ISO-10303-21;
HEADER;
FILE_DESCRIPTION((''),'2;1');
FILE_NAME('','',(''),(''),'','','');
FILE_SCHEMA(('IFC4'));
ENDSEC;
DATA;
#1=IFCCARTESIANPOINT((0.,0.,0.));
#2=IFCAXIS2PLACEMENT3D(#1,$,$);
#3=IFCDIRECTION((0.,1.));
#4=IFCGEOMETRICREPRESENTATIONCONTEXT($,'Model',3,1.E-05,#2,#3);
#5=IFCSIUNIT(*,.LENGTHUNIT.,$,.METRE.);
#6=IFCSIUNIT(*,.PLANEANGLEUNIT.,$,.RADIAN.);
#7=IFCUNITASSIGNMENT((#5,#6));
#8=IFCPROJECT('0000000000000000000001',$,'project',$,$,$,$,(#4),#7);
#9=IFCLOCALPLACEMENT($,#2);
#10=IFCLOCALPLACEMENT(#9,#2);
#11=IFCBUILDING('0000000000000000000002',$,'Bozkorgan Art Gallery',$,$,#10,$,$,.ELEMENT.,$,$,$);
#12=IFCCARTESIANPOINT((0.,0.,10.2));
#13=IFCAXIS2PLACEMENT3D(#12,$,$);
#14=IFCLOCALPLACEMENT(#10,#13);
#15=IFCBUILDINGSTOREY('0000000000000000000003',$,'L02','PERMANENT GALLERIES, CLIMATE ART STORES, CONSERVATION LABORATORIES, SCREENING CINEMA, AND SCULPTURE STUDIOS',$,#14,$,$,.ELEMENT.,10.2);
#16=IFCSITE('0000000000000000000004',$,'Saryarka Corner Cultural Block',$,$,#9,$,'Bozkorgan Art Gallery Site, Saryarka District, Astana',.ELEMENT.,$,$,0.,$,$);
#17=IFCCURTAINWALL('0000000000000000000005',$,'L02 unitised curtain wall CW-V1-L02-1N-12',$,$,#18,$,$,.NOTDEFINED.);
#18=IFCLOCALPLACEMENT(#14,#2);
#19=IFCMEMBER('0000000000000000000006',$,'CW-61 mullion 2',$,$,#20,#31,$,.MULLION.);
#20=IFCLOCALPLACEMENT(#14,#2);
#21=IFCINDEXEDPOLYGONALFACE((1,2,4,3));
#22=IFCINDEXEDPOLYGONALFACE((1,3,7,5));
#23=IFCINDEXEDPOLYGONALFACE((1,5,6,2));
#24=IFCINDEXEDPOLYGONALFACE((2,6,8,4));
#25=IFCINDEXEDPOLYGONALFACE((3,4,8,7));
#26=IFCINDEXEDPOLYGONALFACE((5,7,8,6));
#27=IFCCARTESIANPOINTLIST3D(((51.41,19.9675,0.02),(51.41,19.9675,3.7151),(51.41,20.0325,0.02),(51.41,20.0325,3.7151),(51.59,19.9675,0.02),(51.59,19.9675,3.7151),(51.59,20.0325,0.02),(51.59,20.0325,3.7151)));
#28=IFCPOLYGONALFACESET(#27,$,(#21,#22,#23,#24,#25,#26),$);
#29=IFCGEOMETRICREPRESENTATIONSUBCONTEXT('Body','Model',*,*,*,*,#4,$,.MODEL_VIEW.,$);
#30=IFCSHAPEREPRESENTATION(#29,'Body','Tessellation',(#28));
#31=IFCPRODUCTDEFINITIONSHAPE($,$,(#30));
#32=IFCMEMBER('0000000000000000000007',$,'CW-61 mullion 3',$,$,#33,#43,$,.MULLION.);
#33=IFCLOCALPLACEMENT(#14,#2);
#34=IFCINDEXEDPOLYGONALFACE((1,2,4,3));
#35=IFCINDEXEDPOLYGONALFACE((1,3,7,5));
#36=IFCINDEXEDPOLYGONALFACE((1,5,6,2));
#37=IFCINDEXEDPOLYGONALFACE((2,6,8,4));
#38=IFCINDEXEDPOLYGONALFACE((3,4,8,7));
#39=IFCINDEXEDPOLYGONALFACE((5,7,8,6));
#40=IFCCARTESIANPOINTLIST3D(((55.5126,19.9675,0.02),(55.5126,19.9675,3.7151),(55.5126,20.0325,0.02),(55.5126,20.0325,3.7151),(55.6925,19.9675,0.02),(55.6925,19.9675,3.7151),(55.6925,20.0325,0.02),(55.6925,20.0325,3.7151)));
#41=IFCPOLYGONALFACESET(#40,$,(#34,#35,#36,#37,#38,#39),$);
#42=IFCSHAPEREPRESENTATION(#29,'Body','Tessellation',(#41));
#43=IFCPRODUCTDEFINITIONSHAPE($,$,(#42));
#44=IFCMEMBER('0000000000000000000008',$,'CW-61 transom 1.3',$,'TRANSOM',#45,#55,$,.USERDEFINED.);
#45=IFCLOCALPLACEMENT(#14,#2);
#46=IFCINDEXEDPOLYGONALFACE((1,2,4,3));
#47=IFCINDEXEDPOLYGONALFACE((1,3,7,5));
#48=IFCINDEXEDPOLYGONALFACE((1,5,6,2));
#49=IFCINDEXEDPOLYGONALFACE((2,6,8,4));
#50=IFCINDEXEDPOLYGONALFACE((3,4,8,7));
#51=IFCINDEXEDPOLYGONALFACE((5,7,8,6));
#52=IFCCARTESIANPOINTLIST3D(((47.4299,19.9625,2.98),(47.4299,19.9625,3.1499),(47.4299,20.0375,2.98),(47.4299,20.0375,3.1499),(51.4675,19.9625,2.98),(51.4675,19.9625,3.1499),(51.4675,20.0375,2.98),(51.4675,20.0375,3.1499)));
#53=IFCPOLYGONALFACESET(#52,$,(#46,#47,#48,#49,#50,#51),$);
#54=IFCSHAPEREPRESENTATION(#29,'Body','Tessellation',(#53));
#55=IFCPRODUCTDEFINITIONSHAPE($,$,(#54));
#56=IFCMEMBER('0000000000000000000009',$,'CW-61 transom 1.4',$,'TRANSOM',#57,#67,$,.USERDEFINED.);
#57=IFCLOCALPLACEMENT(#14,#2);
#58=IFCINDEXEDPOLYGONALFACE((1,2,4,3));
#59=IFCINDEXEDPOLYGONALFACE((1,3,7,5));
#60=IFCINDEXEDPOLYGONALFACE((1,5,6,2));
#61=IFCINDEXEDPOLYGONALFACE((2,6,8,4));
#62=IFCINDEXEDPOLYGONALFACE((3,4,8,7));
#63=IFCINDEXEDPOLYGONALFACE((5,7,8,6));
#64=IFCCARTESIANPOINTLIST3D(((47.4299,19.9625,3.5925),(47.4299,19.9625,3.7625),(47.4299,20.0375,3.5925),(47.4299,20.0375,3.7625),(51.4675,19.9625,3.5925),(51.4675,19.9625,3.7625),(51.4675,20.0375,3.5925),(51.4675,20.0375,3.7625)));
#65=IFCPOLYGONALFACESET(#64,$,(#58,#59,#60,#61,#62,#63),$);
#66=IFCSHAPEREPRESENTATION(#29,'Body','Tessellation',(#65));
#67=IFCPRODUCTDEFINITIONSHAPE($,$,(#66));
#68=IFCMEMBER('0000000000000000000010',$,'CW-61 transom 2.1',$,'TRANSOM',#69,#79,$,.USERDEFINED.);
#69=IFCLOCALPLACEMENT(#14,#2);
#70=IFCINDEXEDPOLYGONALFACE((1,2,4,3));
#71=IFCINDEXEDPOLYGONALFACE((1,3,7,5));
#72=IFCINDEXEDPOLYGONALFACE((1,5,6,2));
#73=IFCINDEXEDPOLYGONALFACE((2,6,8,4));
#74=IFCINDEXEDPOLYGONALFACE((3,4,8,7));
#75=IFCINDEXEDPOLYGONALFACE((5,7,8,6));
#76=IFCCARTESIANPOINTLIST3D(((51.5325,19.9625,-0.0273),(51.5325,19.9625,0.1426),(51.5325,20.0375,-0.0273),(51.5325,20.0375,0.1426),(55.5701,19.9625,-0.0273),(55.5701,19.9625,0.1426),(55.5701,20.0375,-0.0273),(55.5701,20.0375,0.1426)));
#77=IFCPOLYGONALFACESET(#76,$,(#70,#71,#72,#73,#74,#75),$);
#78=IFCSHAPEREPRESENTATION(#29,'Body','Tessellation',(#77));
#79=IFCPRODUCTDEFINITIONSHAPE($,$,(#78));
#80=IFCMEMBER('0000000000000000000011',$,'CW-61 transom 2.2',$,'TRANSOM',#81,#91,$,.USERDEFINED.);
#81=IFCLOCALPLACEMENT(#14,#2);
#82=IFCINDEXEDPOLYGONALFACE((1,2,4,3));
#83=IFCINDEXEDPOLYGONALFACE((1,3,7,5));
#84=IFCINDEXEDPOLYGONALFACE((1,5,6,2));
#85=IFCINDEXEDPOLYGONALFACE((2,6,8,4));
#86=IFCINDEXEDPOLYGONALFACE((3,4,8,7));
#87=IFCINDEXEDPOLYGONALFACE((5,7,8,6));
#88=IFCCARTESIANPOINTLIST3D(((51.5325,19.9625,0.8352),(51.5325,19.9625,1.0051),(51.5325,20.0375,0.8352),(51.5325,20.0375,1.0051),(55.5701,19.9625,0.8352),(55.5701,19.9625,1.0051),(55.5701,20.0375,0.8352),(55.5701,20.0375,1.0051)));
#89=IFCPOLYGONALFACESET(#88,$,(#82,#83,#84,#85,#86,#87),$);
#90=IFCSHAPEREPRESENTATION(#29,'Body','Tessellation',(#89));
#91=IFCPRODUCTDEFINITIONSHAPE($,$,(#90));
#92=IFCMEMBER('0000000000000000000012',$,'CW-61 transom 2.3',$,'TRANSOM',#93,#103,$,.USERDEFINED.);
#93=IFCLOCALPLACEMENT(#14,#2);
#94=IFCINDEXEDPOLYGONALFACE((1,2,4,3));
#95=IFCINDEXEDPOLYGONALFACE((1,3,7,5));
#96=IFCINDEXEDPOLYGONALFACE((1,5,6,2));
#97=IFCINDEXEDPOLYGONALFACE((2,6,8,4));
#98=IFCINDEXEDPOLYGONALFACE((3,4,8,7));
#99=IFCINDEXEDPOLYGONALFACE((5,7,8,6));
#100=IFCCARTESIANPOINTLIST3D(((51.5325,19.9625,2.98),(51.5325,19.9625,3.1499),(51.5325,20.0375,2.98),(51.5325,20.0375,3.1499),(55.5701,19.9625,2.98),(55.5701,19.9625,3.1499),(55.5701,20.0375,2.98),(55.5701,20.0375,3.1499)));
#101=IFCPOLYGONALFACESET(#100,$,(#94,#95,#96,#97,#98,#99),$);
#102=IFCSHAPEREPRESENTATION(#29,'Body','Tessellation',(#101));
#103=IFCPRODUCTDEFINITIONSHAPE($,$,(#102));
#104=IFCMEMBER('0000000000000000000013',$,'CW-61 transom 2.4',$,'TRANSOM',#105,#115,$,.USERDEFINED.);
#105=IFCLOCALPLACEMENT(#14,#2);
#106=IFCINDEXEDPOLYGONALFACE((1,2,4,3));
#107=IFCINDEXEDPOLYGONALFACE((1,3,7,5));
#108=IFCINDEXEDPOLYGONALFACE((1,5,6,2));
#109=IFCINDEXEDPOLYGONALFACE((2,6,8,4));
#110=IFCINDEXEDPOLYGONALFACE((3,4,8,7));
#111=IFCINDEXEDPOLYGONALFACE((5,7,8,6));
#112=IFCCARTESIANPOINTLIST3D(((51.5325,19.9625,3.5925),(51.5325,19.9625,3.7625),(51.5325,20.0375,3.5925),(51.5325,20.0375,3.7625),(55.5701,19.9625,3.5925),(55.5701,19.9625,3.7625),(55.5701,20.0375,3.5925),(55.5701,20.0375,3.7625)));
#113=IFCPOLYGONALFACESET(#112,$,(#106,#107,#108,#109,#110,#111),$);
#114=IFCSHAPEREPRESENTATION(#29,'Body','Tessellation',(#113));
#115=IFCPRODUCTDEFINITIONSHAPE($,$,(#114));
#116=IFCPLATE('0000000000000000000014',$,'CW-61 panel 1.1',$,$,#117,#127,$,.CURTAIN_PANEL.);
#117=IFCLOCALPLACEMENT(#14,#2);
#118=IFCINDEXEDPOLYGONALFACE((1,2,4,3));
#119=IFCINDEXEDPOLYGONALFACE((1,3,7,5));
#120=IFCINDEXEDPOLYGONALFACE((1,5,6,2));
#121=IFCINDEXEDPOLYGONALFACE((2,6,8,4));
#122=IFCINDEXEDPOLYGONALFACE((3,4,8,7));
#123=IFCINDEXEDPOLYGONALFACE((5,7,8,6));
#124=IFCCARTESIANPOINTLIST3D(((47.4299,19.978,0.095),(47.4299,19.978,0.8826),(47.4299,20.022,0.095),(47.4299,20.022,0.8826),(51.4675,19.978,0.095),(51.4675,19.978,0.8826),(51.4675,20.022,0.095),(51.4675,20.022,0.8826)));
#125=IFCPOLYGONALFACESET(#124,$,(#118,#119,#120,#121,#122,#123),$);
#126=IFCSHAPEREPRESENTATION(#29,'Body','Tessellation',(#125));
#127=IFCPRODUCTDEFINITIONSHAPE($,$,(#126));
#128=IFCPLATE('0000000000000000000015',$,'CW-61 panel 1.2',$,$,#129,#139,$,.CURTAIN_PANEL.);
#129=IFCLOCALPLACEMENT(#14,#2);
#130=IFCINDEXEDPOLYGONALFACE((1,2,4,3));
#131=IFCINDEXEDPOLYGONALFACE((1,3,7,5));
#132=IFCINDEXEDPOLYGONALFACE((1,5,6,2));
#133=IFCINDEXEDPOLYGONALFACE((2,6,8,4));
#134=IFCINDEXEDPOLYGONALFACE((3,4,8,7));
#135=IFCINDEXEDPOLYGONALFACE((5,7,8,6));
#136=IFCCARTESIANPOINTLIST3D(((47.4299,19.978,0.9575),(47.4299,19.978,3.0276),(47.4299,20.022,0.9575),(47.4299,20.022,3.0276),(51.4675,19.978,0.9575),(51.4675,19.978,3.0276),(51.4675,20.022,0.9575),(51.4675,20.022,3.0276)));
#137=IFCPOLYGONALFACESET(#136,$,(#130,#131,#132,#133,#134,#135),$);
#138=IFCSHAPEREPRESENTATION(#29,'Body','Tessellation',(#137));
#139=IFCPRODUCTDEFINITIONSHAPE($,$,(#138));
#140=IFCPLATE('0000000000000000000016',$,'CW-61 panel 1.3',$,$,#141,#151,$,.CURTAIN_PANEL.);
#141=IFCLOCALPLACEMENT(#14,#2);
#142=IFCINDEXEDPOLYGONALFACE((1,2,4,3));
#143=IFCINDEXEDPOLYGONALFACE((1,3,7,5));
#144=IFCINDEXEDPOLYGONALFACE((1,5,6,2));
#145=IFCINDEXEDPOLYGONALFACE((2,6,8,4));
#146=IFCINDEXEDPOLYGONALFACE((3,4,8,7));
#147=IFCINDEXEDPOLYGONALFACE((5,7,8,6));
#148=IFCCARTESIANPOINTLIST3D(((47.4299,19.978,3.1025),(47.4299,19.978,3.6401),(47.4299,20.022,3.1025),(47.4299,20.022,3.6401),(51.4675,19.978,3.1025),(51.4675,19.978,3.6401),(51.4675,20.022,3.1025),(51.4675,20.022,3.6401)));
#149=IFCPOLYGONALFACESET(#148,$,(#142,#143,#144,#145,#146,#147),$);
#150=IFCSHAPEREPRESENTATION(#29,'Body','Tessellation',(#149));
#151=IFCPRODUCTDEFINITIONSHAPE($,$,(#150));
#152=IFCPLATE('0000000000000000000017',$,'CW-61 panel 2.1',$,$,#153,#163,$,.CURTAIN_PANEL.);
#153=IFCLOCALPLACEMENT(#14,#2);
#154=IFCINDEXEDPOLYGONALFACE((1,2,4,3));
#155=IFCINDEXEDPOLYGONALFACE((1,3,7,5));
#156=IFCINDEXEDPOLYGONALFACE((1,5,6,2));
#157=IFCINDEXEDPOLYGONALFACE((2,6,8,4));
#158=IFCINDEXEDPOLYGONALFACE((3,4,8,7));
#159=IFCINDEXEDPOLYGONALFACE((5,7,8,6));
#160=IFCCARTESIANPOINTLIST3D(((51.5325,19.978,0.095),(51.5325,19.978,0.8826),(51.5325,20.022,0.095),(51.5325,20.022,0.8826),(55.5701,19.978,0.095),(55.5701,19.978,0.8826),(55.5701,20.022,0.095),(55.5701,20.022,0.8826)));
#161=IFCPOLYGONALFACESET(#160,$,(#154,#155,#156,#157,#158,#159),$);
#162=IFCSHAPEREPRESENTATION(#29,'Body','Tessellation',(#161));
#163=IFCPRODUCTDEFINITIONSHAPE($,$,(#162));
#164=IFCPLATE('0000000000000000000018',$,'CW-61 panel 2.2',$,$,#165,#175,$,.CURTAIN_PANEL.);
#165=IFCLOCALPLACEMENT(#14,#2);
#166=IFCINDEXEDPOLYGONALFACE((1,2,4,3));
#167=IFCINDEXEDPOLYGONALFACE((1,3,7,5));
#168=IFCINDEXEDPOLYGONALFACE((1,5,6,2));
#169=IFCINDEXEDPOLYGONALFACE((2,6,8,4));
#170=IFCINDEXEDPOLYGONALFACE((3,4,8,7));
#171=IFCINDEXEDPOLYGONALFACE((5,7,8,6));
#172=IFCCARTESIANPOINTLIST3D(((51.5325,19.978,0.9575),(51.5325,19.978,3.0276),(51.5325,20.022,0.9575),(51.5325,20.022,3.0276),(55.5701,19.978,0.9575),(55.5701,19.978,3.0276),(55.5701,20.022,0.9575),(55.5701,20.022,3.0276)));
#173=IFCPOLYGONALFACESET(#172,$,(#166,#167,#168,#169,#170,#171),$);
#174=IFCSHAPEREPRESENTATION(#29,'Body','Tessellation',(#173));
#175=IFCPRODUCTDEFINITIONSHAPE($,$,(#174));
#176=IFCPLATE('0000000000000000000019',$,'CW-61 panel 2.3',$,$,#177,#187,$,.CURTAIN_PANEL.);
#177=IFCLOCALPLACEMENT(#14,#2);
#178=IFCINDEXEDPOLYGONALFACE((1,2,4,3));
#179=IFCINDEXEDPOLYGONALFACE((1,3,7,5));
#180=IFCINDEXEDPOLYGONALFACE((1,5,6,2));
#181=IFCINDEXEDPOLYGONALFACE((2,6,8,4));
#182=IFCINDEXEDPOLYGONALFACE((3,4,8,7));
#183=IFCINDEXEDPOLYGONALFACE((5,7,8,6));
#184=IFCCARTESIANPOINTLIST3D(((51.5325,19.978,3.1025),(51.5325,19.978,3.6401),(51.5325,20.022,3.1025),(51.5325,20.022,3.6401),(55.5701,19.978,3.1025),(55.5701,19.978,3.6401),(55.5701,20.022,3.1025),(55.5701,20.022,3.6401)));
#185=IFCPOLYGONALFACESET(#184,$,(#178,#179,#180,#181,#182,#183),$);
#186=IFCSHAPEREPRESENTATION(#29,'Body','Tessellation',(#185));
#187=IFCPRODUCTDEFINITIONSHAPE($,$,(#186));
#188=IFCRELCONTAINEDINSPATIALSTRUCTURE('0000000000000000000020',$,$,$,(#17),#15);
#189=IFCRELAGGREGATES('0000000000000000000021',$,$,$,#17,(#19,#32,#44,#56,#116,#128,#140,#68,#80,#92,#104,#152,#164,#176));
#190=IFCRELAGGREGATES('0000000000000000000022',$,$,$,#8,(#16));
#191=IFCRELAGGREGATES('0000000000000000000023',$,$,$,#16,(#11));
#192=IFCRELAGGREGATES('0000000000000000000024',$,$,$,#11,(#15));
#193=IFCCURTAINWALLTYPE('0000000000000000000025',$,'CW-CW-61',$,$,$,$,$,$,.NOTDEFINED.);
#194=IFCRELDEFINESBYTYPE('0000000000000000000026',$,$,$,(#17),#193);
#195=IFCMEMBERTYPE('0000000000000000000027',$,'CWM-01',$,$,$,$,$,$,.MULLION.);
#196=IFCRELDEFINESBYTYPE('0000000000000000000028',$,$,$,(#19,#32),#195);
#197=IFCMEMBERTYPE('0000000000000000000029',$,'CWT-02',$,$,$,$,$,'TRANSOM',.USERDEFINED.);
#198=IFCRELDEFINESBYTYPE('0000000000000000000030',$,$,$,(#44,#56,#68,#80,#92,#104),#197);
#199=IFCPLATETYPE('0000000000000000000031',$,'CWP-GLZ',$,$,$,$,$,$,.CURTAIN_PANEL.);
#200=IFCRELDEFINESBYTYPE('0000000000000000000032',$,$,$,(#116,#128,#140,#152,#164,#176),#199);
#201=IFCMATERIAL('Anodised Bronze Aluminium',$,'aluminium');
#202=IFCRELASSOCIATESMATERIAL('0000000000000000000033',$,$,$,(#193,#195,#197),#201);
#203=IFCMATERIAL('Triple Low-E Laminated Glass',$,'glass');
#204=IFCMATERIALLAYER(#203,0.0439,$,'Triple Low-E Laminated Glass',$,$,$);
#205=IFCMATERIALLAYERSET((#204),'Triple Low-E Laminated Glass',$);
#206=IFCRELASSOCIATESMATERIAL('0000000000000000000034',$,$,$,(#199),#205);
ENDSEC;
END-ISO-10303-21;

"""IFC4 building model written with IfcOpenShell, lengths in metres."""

from ifc_helpers import new_model, si_unit, direction, frame, origin, origin_2d, place, context, subcontext, project, spatial, rectangle, extrude, material, layer, layer_set, material_profile, profile_set, type_object, element, aggregate, save


model = new_model("IFC4")

# Units and contexts
model_context = context("Model", 3, precision=1e-05, world=origin(), true_north=direction((0.0, 1.0)))
body_context = subcontext(model_context, "Body", "Model", "MODEL_VIEW")
ifc_project = project(units=[si_unit("LENGTHUNIT", "METRE"), si_unit("PLANEANGLEUNIT", "RADIAN")], contexts=[model_context])

# Site, building, storey
site_placement = place(None, origin())
site = spatial("IfcSite", under=ifc_project, at=site_placement, Name="Saryarka Corner Cultural Block", LongName="Bozkorgan Art Gallery Site, Saryarka District, Astana", CompositionType="ELEMENT", RefElevation=0.0)
building_placement = place(site_placement, origin())
building = spatial("IfcBuilding", under=site, at=building_placement, Name="Bozkorgan Art Gallery", CompositionType="ELEMENT")
storey_placement = place(building_placement, frame((0.0, 0.0, 10.2)))
storey = spatial("IfcBuildingStorey", under=building, at=storey_placement, Name="L02", Description="PERMANENT GALLERIES, CLIMATE ART STORES, CONSERVATION LABORATORIES, SCREENING CINEMA, AND SCULPTURE STUDIOS", CompositionType="ELEMENT", Elevation=10.2)

# Curtain wall, members, plates
ifc_material_1 = material(Name="Anodised Bronze Aluminium", Category="aluminium")
curtain_wall_type = type_object("IfcCurtainWallType", Name="CW-CW-61", PredefinedType="NOTDEFINED", material=ifc_material_1)
curtain_wall_placement = place(storey_placement, origin())
curtain_wall = element("IfcCurtainWall", 1, at=curtain_wall_placement, inside=storey, type_object=curtain_wall_type, Name="L02 unitised curtain wall CW-V1-L02-1N-12", PredefinedType="NOTDEFINED")
ifc_material_profile_1 = material_profile(ifc_material_1, rectangle(XDim=0.0649, YDim=0.1799, at=origin_2d()), Name="ALU MULLION 65x180")
ifc_profile_set_1 = profile_set([ifc_material_profile_1], Name="Anodised Bronze Aluminium")
member_type_1 = type_object("IfcMemberType", Name="CWM-01", PredefinedType="MULLION", material=ifc_profile_set_1)
member_1_placement = place(storey_placement, frame((51.5, 20.0, 0.02), z_axis=(0.0, 0.0, 1.0), x_axis=(0.0, 1.0, 0.0)))
member_1 = element("IfcMember", 2, at=member_1_placement, type_object=member_type_1, Name="CW-61 mullion 2", PredefinedType="MULLION", context=body_context, shape_type="SweptSolid", body=[
    extrude(rectangle(XDim=0.0649, YDim=0.1799, at=origin_2d()), origin(), (0.0, 0.0, 1.0), 3.6951),
])
member_2_placement = place(storey_placement, frame((55.6025, 20.0, 0.02), z_axis=(0.0, 0.0, 1.0), x_axis=(0.0, 1.0, 0.0)))
member_2 = element("IfcMember", 3, at=member_2_placement, type_object=member_type_1, Name="CW-61 mullion 3", PredefinedType="MULLION", context=body_context, shape_type="SweptSolid", body=[
    extrude(rectangle(XDim=0.0649, YDim=0.1799, at=origin_2d()), origin(), (0.0, 0.0, 1.0), 3.6951),
])
ifc_material_profile_2 = material_profile(ifc_material_1, rectangle(XDim=0.075, YDim=0.1699, at=origin_2d()), Name="ALU TRANSOM 75x170")
ifc_profile_set_2 = profile_set([ifc_material_profile_2], Name="Anodised Bronze Aluminium")
member_type_2 = type_object("IfcMemberType", Name="CWT-02", ElementType="TRANSOM", PredefinedType="USERDEFINED", material=ifc_profile_set_2)
member_3_placement = place(storey_placement, frame((47.4299, 20.0, 3.0649), z_axis=(1.0, 0.0, 0.0), x_axis=(0.0, 1.0, 0.0)))
member_3 = element("IfcMember", 4, at=member_3_placement, type_object=member_type_2, Name="CW-61 transom 1.3", ObjectType="TRANSOM", PredefinedType="USERDEFINED", context=body_context, shape_type="SweptSolid", body=[
    extrude(rectangle(XDim=0.075, YDim=0.1699, at=origin_2d()), origin(), (0.0, 0.0, 1.0), 4.0376),
])
member_4_placement = place(storey_placement, frame((47.4299, 20.0, 3.6775), z_axis=(1.0, 0.0, 0.0), x_axis=(0.0, 1.0, 0.0)))
member_4 = element("IfcMember", 5, at=member_4_placement, type_object=member_type_2, Name="CW-61 transom 1.4", ObjectType="TRANSOM", PredefinedType="USERDEFINED", context=body_context, shape_type="SweptSolid", body=[
    extrude(rectangle(XDim=0.075, YDim=0.1699, at=origin_2d()), origin(), (0.0, 0.0, 1.0), 4.0376),
])
member_5_placement = place(storey_placement, frame((51.5325, 20.0, 0.0576), z_axis=(1.0, 0.0, 0.0), x_axis=(0.0, 1.0, 0.0)))
member_5 = element("IfcMember", 6, at=member_5_placement, type_object=member_type_2, Name="CW-61 transom 2.1", ObjectType="TRANSOM", PredefinedType="USERDEFINED", context=body_context, shape_type="SweptSolid", body=[
    extrude(rectangle(XDim=0.075, YDim=0.1699, at=origin_2d()), origin(), (0.0, 0.0, 1.0), 4.0376),
])
member_6_placement = place(storey_placement, frame((51.5325, 20.0, 0.9202), z_axis=(1.0, 0.0, 0.0), x_axis=(0.0, 1.0, 0.0)))
member_6 = element("IfcMember", 7, at=member_6_placement, type_object=member_type_2, Name="CW-61 transom 2.2", ObjectType="TRANSOM", PredefinedType="USERDEFINED", context=body_context, shape_type="SweptSolid", body=[
    extrude(rectangle(XDim=0.075, YDim=0.1699, at=origin_2d()), origin(), (0.0, 0.0, 1.0), 4.0376),
])
member_7_placement = place(storey_placement, frame((51.5325, 20.0, 3.0649), z_axis=(1.0, 0.0, 0.0), x_axis=(0.0, 1.0, 0.0)))
member_7 = element("IfcMember", 8, at=member_7_placement, type_object=member_type_2, Name="CW-61 transom 2.3", ObjectType="TRANSOM", PredefinedType="USERDEFINED", context=body_context, shape_type="SweptSolid", body=[
    extrude(rectangle(XDim=0.075, YDim=0.1699, at=origin_2d()), origin(), (0.0, 0.0, 1.0), 4.0376),
])
member_8_placement = place(storey_placement, frame((51.5325, 20.0, 3.6775), z_axis=(1.0, 0.0, 0.0), x_axis=(0.0, 1.0, 0.0)))
member_8 = element("IfcMember", 9, at=member_8_placement, type_object=member_type_2, Name="CW-61 transom 2.4", ObjectType="TRANSOM", PredefinedType="USERDEFINED", context=body_context, shape_type="SweptSolid", body=[
    extrude(rectangle(XDim=0.075, YDim=0.1699, at=origin_2d()), origin(), (0.0, 0.0, 1.0), 4.0376),
])
ifc_material_2 = material(Name="Triple Low-E Laminated Glass", Category="glass")
ifc_layer = layer(ifc_material_2, 0.0439, Name="Triple Low-E Laminated Glass")
ifc_layer_set = layer_set([ifc_layer], Name="Triple Low-E Laminated Glass")
plate_type = type_object("IfcPlateType", Name="CWP-GLZ", PredefinedType="CURTAIN_PANEL", material=ifc_layer_set)
plate_1_placement = place(storey_placement, frame((49.4487, 20.0, 0.095), z_axis=(0.0, 0.0, 1.0), x_axis=(1.0, 0.0, 0.0)))
plate_1 = element("IfcPlate", 10, at=plate_1_placement, type_object=plate_type, Name="CW-61 panel 1.1", PredefinedType="CURTAIN_PANEL", context=body_context, shape_type="SweptSolid", body=[
    extrude(rectangle(XDim=4.0376, YDim=0.0439, at=origin_2d()), origin(), (0.0, 0.0, 1.0), 0.7876),
])
plate_2_placement = place(storey_placement, frame((49.4487, 20.0, 0.9575), z_axis=(0.0, 0.0, 1.0), x_axis=(1.0, 0.0, 0.0)))
plate_2 = element("IfcPlate", 11, at=plate_2_placement, type_object=plate_type, Name="CW-61 panel 1.2", PredefinedType="CURTAIN_PANEL", context=body_context, shape_type="SweptSolid", body=[
    extrude(rectangle(XDim=4.0376, YDim=0.0439, at=origin_2d()), origin(), (0.0, 0.0, 1.0), 2.0701),
])
plate_3_placement = place(storey_placement, frame((49.4487, 20.0, 3.1025), z_axis=(0.0, 0.0, 1.0), x_axis=(1.0, 0.0, 0.0)))
plate_3 = element("IfcPlate", 12, at=plate_3_placement, type_object=plate_type, Name="CW-61 panel 1.3", PredefinedType="CURTAIN_PANEL", context=body_context, shape_type="SweptSolid", body=[
    extrude(rectangle(XDim=4.0376, YDim=0.0439, at=origin_2d()), origin(), (0.0, 0.0, 1.0), 0.5376),
])
plate_4_placement = place(storey_placement, frame((53.5513, 20.0, 0.095), z_axis=(0.0, 0.0, 1.0), x_axis=(1.0, 0.0, 0.0)))
plate_4 = element("IfcPlate", 13, at=plate_4_placement, type_object=plate_type, Name="CW-61 panel 2.1", PredefinedType="CURTAIN_PANEL", context=body_context, shape_type="SweptSolid", body=[
    extrude(rectangle(XDim=4.0376, YDim=0.0439, at=origin_2d()), origin(), (0.0, 0.0, 1.0), 0.7876),
])
plate_5_placement = place(storey_placement, frame((53.5513, 20.0, 0.9575), z_axis=(0.0, 0.0, 1.0), x_axis=(1.0, 0.0, 0.0)))
plate_5 = element("IfcPlate", 14, at=plate_5_placement, type_object=plate_type, Name="CW-61 panel 2.2", PredefinedType="CURTAIN_PANEL", context=body_context, shape_type="SweptSolid", body=[
    extrude(rectangle(XDim=4.0376, YDim=0.0439, at=origin_2d()), origin(), (0.0, 0.0, 1.0), 2.0701),
])
plate_6_placement = place(storey_placement, frame((53.5513, 20.0, 3.1025), z_axis=(0.0, 0.0, 1.0), x_axis=(1.0, 0.0, 0.0)))
plate_6 = element("IfcPlate", 15, at=plate_6_placement, type_object=plate_type, Name="CW-61 panel 2.3", PredefinedType="CURTAIN_PANEL", context=body_context, shape_type="SweptSolid", body=[
    extrude(rectangle(XDim=4.0376, YDim=0.0439, at=origin_2d()), origin(), (0.0, 0.0, 1.0), 0.5376),
])
aggregate(curtain_wall, [member_1, member_2, member_3, member_4, plate_1, plate_2, plate_3, member_5, member_6, member_7, member_8, plate_4, plate_5, plate_6])

save(model, "model.ifc")
